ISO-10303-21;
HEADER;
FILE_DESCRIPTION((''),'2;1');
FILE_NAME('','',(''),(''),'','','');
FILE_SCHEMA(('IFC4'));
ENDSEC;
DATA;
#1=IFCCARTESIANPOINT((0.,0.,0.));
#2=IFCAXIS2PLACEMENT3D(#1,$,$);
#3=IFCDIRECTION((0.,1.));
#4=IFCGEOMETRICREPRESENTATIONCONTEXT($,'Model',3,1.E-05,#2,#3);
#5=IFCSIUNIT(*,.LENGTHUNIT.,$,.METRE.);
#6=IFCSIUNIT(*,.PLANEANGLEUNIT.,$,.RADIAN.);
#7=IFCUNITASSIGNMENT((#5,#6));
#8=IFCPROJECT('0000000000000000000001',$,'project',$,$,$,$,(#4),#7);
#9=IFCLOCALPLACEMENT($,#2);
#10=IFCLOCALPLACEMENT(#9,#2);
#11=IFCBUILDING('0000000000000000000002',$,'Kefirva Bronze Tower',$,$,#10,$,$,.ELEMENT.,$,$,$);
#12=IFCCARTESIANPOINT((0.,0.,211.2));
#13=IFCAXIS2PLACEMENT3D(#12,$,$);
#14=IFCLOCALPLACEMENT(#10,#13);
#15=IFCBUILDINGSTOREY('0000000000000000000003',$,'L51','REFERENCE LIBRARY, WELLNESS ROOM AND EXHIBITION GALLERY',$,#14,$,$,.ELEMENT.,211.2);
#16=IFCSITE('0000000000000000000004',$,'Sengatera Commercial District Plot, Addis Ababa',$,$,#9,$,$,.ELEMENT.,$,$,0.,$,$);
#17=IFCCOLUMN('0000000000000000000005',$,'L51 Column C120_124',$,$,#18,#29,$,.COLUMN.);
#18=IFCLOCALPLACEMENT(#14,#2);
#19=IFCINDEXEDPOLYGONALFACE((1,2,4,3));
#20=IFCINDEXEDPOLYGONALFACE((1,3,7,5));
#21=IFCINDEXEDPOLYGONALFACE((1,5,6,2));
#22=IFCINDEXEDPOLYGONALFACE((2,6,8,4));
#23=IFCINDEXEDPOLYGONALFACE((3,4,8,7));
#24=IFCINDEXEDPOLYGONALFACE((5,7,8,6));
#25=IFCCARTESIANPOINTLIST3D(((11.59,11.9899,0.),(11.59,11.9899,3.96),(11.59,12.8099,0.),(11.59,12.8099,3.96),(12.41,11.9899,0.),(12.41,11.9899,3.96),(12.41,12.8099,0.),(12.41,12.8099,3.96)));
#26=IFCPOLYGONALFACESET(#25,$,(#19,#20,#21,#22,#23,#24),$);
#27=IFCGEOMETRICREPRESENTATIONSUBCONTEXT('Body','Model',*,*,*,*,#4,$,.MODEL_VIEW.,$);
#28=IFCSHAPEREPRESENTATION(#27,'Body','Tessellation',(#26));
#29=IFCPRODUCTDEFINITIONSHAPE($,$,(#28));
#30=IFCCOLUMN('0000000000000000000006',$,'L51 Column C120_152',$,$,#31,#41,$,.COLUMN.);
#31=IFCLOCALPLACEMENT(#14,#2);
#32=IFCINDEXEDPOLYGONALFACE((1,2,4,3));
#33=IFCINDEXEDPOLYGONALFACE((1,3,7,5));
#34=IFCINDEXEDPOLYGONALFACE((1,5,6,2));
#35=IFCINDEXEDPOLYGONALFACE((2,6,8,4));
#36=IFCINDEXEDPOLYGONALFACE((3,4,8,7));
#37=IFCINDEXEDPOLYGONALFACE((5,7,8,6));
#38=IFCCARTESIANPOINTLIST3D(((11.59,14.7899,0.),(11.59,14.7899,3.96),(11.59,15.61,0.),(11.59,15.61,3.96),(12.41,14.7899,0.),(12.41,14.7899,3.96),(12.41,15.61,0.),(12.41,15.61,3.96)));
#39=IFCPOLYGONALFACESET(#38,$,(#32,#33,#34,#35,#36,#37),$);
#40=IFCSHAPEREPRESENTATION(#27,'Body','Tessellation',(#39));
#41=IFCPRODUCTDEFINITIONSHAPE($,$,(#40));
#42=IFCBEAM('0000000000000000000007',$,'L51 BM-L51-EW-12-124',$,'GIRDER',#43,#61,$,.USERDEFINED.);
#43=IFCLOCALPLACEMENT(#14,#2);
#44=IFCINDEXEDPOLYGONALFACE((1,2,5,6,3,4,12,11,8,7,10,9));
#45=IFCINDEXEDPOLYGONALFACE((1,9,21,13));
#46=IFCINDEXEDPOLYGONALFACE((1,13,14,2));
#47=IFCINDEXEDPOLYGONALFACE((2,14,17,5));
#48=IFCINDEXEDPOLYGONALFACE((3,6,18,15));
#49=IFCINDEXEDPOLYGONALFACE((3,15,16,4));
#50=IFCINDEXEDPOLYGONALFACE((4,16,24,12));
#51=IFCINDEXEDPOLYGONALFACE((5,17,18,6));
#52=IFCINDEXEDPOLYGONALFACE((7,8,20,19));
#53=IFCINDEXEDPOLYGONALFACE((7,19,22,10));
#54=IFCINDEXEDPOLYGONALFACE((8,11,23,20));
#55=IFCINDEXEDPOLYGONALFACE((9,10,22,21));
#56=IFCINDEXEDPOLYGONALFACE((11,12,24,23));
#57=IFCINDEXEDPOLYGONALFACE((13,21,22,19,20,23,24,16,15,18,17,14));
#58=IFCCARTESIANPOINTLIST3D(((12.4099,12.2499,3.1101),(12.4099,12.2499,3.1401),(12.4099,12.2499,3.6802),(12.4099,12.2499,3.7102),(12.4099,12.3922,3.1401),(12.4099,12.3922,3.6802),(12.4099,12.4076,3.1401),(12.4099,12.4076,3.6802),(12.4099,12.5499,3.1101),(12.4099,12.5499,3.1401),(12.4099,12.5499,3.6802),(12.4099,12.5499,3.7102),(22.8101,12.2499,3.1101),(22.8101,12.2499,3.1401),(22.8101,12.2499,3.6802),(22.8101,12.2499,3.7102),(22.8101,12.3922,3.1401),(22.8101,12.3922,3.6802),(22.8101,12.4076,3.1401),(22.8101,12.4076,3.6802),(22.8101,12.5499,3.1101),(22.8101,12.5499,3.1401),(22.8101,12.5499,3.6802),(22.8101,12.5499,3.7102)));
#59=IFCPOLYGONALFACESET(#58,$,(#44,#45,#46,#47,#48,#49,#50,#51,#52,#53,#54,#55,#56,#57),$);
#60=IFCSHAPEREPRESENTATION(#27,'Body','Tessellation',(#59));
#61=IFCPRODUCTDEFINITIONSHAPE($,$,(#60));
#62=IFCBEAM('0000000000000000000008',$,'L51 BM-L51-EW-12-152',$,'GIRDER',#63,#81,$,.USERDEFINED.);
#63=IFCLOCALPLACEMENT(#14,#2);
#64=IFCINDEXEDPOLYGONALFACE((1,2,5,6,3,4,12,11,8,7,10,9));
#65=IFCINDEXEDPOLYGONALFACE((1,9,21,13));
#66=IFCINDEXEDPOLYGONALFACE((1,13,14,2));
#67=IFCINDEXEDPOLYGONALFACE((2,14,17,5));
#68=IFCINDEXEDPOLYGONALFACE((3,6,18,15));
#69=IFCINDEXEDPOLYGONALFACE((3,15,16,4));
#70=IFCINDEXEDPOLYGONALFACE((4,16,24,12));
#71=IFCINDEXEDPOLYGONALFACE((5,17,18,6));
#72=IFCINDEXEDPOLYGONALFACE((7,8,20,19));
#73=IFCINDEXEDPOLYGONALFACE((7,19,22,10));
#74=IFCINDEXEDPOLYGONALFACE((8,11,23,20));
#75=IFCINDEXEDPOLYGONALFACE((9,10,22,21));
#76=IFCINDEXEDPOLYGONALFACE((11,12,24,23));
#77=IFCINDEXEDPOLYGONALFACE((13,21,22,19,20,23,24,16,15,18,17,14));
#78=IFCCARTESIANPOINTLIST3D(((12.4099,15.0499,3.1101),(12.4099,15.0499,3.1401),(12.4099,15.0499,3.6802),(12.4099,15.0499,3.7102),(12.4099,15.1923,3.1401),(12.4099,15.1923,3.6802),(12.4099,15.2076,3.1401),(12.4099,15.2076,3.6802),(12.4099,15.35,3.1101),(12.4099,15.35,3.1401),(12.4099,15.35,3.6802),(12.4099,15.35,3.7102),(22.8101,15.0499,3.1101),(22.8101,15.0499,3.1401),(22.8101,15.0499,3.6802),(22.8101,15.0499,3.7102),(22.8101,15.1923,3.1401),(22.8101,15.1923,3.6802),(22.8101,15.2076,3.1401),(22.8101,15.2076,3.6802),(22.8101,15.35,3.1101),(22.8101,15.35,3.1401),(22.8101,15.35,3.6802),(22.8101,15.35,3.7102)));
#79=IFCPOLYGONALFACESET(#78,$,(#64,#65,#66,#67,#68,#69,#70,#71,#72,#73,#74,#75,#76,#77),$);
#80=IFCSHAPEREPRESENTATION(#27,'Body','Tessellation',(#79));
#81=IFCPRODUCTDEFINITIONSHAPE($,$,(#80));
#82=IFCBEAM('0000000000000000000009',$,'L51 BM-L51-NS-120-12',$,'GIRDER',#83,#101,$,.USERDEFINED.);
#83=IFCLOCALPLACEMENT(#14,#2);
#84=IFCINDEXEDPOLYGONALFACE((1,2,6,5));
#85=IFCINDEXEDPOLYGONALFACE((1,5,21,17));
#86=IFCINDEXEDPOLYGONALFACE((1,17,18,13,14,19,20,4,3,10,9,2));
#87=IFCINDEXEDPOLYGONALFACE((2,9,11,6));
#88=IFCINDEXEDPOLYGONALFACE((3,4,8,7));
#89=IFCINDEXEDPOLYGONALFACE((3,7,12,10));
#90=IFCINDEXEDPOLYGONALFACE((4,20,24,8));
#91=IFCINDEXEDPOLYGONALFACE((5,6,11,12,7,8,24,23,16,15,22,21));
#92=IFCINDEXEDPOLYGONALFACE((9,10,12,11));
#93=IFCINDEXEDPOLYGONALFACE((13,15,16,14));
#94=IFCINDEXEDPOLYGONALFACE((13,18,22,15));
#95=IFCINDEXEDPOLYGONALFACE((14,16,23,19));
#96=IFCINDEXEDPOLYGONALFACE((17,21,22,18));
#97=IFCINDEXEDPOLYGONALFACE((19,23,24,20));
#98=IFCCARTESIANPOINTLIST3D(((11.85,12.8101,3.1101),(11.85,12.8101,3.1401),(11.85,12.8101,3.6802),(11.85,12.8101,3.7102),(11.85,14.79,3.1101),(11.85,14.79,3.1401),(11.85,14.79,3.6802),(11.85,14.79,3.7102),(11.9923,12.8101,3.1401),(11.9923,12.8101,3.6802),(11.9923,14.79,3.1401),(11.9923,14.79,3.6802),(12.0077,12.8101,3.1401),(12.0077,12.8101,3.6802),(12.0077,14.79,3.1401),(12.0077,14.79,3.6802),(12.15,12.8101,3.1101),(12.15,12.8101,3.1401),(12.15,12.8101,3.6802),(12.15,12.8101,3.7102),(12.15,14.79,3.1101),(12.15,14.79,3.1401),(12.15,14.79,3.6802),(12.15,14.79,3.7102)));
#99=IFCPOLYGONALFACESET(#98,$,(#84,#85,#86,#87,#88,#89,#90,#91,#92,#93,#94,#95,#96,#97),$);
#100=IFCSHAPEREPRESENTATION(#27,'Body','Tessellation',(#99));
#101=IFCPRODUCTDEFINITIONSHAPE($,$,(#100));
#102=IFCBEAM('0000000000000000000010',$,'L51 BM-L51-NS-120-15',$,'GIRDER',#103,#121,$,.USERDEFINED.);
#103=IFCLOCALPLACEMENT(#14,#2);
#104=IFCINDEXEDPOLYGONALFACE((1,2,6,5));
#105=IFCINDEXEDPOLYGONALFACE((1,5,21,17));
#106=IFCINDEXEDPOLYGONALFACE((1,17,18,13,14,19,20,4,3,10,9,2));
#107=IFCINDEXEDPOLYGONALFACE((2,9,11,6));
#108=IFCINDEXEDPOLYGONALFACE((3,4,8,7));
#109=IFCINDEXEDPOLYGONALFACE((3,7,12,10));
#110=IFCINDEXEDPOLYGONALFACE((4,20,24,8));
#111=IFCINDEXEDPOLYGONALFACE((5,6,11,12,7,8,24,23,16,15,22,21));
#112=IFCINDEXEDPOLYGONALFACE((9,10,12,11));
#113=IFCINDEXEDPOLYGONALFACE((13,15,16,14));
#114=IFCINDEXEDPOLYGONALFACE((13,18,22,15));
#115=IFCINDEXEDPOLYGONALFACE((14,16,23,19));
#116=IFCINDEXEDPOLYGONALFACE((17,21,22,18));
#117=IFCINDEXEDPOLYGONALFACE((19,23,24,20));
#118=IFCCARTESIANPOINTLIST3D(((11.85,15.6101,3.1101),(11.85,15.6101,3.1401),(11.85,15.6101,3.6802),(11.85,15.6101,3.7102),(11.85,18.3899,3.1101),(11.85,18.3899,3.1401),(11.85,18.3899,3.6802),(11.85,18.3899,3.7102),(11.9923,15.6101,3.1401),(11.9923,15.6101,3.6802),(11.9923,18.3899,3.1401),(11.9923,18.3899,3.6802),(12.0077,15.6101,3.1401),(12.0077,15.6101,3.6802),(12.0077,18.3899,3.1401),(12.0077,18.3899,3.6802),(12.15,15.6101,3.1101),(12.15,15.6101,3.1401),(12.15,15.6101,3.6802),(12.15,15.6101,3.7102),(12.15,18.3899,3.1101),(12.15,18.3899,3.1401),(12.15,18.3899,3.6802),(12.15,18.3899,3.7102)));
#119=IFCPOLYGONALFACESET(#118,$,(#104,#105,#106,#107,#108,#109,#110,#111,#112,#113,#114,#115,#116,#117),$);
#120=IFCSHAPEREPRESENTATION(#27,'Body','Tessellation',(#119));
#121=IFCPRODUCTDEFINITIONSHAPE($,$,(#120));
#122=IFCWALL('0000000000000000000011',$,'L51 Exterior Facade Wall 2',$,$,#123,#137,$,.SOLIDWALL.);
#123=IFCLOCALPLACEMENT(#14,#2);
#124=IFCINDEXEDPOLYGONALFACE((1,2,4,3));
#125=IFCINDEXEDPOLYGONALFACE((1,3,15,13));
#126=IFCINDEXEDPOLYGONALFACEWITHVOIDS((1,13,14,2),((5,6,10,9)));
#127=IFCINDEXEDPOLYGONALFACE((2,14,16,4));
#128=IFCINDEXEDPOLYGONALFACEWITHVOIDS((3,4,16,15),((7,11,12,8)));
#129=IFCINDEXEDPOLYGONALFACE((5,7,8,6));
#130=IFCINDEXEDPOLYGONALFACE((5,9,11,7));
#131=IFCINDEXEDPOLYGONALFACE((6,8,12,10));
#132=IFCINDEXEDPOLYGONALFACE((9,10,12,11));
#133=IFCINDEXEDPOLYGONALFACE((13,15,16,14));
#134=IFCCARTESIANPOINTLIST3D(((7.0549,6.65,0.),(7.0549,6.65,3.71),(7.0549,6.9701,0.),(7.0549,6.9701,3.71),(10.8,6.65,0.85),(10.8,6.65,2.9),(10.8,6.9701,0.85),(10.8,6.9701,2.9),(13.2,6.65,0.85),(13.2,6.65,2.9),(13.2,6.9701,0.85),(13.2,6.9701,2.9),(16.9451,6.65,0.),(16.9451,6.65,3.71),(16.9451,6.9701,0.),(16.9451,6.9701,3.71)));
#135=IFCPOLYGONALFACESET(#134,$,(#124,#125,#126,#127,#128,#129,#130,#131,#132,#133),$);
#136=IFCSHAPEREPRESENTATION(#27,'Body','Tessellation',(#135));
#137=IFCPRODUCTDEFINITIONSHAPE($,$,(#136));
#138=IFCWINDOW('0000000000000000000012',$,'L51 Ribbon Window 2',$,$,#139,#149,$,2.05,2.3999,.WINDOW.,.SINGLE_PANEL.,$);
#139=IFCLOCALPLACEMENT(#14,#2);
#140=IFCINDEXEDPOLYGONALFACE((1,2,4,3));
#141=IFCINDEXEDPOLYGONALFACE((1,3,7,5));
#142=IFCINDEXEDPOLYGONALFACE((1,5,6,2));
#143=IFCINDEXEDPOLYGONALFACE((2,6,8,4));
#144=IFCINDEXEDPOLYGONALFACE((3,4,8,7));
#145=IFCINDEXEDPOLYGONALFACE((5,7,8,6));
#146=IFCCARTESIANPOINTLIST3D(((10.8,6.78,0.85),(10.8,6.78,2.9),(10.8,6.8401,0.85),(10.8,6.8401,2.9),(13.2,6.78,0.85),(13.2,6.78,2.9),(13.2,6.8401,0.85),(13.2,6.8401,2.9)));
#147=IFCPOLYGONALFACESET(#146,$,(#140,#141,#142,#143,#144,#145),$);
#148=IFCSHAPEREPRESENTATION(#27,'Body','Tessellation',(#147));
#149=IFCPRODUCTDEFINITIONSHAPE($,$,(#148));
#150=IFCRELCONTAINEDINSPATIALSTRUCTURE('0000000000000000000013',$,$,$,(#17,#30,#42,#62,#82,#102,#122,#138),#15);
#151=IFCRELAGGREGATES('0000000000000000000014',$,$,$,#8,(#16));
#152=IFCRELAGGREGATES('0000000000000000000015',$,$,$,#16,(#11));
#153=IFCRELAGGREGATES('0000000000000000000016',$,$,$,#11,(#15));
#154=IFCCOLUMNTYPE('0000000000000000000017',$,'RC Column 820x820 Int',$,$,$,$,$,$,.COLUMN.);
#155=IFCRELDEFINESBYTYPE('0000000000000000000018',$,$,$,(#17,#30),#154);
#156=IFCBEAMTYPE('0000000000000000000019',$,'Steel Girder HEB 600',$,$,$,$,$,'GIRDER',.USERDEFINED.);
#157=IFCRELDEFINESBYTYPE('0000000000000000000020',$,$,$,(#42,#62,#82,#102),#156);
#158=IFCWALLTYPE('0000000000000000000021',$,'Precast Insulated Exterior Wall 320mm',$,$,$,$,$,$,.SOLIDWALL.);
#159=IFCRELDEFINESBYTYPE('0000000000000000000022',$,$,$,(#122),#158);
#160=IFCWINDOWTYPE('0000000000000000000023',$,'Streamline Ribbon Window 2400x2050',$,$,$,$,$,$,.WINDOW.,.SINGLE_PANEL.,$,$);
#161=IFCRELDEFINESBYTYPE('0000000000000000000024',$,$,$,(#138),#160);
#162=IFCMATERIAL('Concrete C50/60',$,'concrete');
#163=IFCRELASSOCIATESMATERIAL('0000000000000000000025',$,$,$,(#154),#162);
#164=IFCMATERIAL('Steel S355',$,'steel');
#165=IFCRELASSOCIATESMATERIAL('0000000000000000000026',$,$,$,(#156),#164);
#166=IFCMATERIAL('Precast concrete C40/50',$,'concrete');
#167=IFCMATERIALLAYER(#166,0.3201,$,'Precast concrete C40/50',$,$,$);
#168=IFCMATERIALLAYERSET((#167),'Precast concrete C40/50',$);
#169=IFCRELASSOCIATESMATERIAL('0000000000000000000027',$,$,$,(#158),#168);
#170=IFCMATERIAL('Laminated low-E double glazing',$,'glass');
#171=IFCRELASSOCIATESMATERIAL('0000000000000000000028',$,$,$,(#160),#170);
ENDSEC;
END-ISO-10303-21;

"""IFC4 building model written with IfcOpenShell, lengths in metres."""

from ifc_helpers import new_model, si_unit, direction, frame, frame_2d, origin, origin_2d, place, context, subcontext, project, spatial, rectangle, i_section, extrude, material, layer, layer_set, material_profile, profile_set, type_object, element, fill, save


model = new_model("IFC4")

# Units and contexts
model_context = context("Model", 3, precision=1e-05, world=origin(), true_north=direction((0.0, 1.0)))
body_context = subcontext(model_context, "Body", "Model", "MODEL_VIEW")
ifc_project = project(units=[si_unit("LENGTHUNIT", "METRE"), si_unit("PLANEANGLEUNIT", "RADIAN")], contexts=[model_context])

# Site, building, storey
site_placement = place(None, origin())
site = spatial("IfcSite", under=ifc_project, at=site_placement, Name="Sengatera Commercial District Plot, Addis Ababa", CompositionType="ELEMENT", RefElevation=0.0)
building_placement = place(site_placement, origin())
building = spatial("IfcBuilding", under=site, at=building_placement, Name="Kefirva Bronze Tower", CompositionType="ELEMENT")
storey_placement = place(building_placement, frame((0.0, 0.0, 211.2)))
storey = spatial("IfcBuildingStorey", under=building, at=storey_placement, Name="L51", Description="REFERENCE LIBRARY, WELLNESS ROOM AND EXHIBITION GALLERY", CompositionType="ELEMENT", Elevation=211.2)

# Columns
ifc_material_1 = material(Name="Concrete C50/60", Category="concrete")
ifc_material_profile_1 = material_profile(ifc_material_1, rectangle(XDim=0.8201, YDim=0.8201, at=origin_2d()), Name="RC 820x820")
ifc_profile_set_1 = profile_set([ifc_material_profile_1], Name="Concrete C50/60")
column_type = type_object("IfcColumnType", Name="RC Column 820x820 Int", PredefinedType="COLUMN", material=ifc_profile_set_1)
for number, where, z_axis, x_axis, name in (
    (1, (12.0, 12.3999, 0.0), (0.0, 0.0, 1.0), (1.0, 0.0, 0.0), "L51 Column C120_124"),
    (2, (12.0, 15.2, 0.0), (0.0, 0.0, 1.0), (1.0, 0.0, 0.0), "L51 Column C120_152"),
):
    element("IfcColumn", number, at=place(storey_placement, frame(where, z_axis=z_axis, x_axis=x_axis)), inside=storey, type_object=column_type, Name=name, PredefinedType="COLUMN", context=body_context, shape_type="SweptSolid", body=[
        extrude(rectangle(XDim=0.8201, YDim=0.8201, at=origin_2d()), origin(), (0.0, 0.0, 1.0), 3.96),
    ])

# Beams
ifc_material_2 = material(Name="Steel S355", Category="steel")
ifc_material_profile_2 = material_profile(ifc_material_2, i_section(OverallWidth=0.3, OverallDepth=0.6001, WebThickness=0.0154, FlangeThickness=0.03, at=origin_2d()), Name="HEB 600")
ifc_profile_set_2 = profile_set([ifc_material_profile_2], Name="Steel S355")
beam_type = type_object("IfcBeamType", Name="Steel Girder HEB 600", ElementType="GIRDER", PredefinedType="USERDEFINED", material=ifc_profile_set_2)
for number, where, z_axis, x_axis, name in (
    (3, (12.4099, 12.3999, 3.4102), (1.0, 0.0, 0.0), (0.0, 1.0, 0.0), "L51 BM-L51-EW-12-124"),
    (4, (12.4099, 15.2, 3.4102), (1.0, 0.0, 0.0), (0.0, 1.0, 0.0), "L51 BM-L51-EW-12-152"),
):
    element("IfcBeam", number, at=place(storey_placement, frame(where, z_axis=z_axis, x_axis=x_axis)), inside=storey, type_object=beam_type, Name=name, ObjectType="GIRDER", PredefinedType="USERDEFINED", context=body_context, shape_type="SweptSolid", body=[
        extrude(i_section(OverallWidth=0.3, OverallDepth=0.6001, WebThickness=0.0154, FlangeThickness=0.03, at=origin_2d()), origin(), (0.0, 0.0, 1.0), 10.4001),
    ])
beam_1_placement = place(storey_placement, frame((12.0, 12.8101, 3.4102), z_axis=(0.0, 1.0, 0.0), x_axis=(-1.0, 0.0, 0.0)))
element("IfcBeam", 5, at=beam_1_placement, inside=storey, type_object=beam_type, Name="L51 BM-L51-NS-120-12", ObjectType="GIRDER", PredefinedType="USERDEFINED", context=body_context, shape_type="SweptSolid", body=[
    extrude(i_section(OverallWidth=0.3, OverallDepth=0.6001, WebThickness=0.0154, FlangeThickness=0.03, at=origin_2d()), origin(), (0.0, 0.0, 1.0), 1.98),
])
beam_2_placement = place(storey_placement, frame((12.0, 15.6101, 3.4102), z_axis=(0.0, 1.0, 0.0), x_axis=(-1.0, 0.0, 0.0)))
element("IfcBeam", 6, at=beam_2_placement, inside=storey, type_object=beam_type, Name="L51 BM-L51-NS-120-15", ObjectType="GIRDER", PredefinedType="USERDEFINED", context=body_context, shape_type="SweptSolid", body=[
    extrude(i_section(OverallWidth=0.3, OverallDepth=0.6001, WebThickness=0.0154, FlangeThickness=0.03, at=origin_2d()), origin(), (0.0, 0.0, 1.0), 2.7798),
])

# Wall, opening, window
ifc_material_3 = material(Name="Precast concrete C40/50", Category="concrete")
ifc_layer_1 = layer(ifc_material_3, 0.3201, Name="Precast concrete C40/50")
ifc_layer_set_1 = layer_set([ifc_layer_1], Name="Precast concrete C40/50")
wall_type_1 = type_object("IfcWallType", Name="Precast Insulated Exterior Wall 320mm", PredefinedType="SOLIDWALL", material=ifc_layer_set_1)
wall_1_placement = place(storey_placement, frame((7.0549, 6.8101, 0.0), z_axis=(0.0, 0.0, 1.0), x_axis=(1.0, 0.0, 0.0)))
wall_1 = element("IfcWall", 7, at=wall_1_placement, inside=storey, type_object=wall_type_1, Name="L51 Exterior Facade Wall 2", PredefinedType="SOLIDWALL", context=body_context, shape_type="SweptSolid", body=[
    extrude(rectangle(XDim=9.8901, YDim=0.3201, at=frame_2d((4.9451, 0.0))), origin(), (0.0, 0.0, 1.0), 3.71),
])
opening_1_placement = place(wall_1_placement, frame((3.7451, 0.0, 0.8501)))
opening_1 = element("IfcOpeningElement", 8, at=opening_1_placement, cuts=wall_1, PredefinedType="OPENING", context=body_context, shape_type="SweptSolid", body=[
    extrude(rectangle(XDim=2.3999, YDim=2.05, at=frame_2d((1.2, 1.0249))), frame((0.0, 0.1699, 0.0), z_axis=(0.0, -1.0, 0.0), x_axis=(1.0, 0.0, 0.0)), (0.0, 0.0, 1.0), 0.3401),
])
ifc_material_4 = material(Name="Laminated low-E double glazing", Category="glass")
window_type = type_object("IfcWindowType", Name="Streamline Ribbon Window 2400x2050", PartitioningType="SINGLE_PANEL", PredefinedType="WINDOW", material=ifc_material_4)
window_placement = place(opening_1_placement, origin())
window = element("IfcWindow", 9, at=window_placement, inside=storey, type_object=window_type, Name="L51 Ribbon Window 2", OverallHeight=2.05, OverallWidth=2.3999, PartitioningType="SINGLE_PANEL", PredefinedType="WINDOW", context=body_context, shape_type="SweptSolid", body=[
    extrude(rectangle(XDim=2.3999, YDim=2.05, at=frame_2d((1.2, 1.0249))), frame((0.0, 0.03, 0.0), z_axis=(0.0, -1.0, 0.0), x_axis=(1.0, 0.0, 0.0)), (0.0, 0.0, 1.0), 0.0601),
])
fill(opening_1, window)

save(model, "model.ifc")
